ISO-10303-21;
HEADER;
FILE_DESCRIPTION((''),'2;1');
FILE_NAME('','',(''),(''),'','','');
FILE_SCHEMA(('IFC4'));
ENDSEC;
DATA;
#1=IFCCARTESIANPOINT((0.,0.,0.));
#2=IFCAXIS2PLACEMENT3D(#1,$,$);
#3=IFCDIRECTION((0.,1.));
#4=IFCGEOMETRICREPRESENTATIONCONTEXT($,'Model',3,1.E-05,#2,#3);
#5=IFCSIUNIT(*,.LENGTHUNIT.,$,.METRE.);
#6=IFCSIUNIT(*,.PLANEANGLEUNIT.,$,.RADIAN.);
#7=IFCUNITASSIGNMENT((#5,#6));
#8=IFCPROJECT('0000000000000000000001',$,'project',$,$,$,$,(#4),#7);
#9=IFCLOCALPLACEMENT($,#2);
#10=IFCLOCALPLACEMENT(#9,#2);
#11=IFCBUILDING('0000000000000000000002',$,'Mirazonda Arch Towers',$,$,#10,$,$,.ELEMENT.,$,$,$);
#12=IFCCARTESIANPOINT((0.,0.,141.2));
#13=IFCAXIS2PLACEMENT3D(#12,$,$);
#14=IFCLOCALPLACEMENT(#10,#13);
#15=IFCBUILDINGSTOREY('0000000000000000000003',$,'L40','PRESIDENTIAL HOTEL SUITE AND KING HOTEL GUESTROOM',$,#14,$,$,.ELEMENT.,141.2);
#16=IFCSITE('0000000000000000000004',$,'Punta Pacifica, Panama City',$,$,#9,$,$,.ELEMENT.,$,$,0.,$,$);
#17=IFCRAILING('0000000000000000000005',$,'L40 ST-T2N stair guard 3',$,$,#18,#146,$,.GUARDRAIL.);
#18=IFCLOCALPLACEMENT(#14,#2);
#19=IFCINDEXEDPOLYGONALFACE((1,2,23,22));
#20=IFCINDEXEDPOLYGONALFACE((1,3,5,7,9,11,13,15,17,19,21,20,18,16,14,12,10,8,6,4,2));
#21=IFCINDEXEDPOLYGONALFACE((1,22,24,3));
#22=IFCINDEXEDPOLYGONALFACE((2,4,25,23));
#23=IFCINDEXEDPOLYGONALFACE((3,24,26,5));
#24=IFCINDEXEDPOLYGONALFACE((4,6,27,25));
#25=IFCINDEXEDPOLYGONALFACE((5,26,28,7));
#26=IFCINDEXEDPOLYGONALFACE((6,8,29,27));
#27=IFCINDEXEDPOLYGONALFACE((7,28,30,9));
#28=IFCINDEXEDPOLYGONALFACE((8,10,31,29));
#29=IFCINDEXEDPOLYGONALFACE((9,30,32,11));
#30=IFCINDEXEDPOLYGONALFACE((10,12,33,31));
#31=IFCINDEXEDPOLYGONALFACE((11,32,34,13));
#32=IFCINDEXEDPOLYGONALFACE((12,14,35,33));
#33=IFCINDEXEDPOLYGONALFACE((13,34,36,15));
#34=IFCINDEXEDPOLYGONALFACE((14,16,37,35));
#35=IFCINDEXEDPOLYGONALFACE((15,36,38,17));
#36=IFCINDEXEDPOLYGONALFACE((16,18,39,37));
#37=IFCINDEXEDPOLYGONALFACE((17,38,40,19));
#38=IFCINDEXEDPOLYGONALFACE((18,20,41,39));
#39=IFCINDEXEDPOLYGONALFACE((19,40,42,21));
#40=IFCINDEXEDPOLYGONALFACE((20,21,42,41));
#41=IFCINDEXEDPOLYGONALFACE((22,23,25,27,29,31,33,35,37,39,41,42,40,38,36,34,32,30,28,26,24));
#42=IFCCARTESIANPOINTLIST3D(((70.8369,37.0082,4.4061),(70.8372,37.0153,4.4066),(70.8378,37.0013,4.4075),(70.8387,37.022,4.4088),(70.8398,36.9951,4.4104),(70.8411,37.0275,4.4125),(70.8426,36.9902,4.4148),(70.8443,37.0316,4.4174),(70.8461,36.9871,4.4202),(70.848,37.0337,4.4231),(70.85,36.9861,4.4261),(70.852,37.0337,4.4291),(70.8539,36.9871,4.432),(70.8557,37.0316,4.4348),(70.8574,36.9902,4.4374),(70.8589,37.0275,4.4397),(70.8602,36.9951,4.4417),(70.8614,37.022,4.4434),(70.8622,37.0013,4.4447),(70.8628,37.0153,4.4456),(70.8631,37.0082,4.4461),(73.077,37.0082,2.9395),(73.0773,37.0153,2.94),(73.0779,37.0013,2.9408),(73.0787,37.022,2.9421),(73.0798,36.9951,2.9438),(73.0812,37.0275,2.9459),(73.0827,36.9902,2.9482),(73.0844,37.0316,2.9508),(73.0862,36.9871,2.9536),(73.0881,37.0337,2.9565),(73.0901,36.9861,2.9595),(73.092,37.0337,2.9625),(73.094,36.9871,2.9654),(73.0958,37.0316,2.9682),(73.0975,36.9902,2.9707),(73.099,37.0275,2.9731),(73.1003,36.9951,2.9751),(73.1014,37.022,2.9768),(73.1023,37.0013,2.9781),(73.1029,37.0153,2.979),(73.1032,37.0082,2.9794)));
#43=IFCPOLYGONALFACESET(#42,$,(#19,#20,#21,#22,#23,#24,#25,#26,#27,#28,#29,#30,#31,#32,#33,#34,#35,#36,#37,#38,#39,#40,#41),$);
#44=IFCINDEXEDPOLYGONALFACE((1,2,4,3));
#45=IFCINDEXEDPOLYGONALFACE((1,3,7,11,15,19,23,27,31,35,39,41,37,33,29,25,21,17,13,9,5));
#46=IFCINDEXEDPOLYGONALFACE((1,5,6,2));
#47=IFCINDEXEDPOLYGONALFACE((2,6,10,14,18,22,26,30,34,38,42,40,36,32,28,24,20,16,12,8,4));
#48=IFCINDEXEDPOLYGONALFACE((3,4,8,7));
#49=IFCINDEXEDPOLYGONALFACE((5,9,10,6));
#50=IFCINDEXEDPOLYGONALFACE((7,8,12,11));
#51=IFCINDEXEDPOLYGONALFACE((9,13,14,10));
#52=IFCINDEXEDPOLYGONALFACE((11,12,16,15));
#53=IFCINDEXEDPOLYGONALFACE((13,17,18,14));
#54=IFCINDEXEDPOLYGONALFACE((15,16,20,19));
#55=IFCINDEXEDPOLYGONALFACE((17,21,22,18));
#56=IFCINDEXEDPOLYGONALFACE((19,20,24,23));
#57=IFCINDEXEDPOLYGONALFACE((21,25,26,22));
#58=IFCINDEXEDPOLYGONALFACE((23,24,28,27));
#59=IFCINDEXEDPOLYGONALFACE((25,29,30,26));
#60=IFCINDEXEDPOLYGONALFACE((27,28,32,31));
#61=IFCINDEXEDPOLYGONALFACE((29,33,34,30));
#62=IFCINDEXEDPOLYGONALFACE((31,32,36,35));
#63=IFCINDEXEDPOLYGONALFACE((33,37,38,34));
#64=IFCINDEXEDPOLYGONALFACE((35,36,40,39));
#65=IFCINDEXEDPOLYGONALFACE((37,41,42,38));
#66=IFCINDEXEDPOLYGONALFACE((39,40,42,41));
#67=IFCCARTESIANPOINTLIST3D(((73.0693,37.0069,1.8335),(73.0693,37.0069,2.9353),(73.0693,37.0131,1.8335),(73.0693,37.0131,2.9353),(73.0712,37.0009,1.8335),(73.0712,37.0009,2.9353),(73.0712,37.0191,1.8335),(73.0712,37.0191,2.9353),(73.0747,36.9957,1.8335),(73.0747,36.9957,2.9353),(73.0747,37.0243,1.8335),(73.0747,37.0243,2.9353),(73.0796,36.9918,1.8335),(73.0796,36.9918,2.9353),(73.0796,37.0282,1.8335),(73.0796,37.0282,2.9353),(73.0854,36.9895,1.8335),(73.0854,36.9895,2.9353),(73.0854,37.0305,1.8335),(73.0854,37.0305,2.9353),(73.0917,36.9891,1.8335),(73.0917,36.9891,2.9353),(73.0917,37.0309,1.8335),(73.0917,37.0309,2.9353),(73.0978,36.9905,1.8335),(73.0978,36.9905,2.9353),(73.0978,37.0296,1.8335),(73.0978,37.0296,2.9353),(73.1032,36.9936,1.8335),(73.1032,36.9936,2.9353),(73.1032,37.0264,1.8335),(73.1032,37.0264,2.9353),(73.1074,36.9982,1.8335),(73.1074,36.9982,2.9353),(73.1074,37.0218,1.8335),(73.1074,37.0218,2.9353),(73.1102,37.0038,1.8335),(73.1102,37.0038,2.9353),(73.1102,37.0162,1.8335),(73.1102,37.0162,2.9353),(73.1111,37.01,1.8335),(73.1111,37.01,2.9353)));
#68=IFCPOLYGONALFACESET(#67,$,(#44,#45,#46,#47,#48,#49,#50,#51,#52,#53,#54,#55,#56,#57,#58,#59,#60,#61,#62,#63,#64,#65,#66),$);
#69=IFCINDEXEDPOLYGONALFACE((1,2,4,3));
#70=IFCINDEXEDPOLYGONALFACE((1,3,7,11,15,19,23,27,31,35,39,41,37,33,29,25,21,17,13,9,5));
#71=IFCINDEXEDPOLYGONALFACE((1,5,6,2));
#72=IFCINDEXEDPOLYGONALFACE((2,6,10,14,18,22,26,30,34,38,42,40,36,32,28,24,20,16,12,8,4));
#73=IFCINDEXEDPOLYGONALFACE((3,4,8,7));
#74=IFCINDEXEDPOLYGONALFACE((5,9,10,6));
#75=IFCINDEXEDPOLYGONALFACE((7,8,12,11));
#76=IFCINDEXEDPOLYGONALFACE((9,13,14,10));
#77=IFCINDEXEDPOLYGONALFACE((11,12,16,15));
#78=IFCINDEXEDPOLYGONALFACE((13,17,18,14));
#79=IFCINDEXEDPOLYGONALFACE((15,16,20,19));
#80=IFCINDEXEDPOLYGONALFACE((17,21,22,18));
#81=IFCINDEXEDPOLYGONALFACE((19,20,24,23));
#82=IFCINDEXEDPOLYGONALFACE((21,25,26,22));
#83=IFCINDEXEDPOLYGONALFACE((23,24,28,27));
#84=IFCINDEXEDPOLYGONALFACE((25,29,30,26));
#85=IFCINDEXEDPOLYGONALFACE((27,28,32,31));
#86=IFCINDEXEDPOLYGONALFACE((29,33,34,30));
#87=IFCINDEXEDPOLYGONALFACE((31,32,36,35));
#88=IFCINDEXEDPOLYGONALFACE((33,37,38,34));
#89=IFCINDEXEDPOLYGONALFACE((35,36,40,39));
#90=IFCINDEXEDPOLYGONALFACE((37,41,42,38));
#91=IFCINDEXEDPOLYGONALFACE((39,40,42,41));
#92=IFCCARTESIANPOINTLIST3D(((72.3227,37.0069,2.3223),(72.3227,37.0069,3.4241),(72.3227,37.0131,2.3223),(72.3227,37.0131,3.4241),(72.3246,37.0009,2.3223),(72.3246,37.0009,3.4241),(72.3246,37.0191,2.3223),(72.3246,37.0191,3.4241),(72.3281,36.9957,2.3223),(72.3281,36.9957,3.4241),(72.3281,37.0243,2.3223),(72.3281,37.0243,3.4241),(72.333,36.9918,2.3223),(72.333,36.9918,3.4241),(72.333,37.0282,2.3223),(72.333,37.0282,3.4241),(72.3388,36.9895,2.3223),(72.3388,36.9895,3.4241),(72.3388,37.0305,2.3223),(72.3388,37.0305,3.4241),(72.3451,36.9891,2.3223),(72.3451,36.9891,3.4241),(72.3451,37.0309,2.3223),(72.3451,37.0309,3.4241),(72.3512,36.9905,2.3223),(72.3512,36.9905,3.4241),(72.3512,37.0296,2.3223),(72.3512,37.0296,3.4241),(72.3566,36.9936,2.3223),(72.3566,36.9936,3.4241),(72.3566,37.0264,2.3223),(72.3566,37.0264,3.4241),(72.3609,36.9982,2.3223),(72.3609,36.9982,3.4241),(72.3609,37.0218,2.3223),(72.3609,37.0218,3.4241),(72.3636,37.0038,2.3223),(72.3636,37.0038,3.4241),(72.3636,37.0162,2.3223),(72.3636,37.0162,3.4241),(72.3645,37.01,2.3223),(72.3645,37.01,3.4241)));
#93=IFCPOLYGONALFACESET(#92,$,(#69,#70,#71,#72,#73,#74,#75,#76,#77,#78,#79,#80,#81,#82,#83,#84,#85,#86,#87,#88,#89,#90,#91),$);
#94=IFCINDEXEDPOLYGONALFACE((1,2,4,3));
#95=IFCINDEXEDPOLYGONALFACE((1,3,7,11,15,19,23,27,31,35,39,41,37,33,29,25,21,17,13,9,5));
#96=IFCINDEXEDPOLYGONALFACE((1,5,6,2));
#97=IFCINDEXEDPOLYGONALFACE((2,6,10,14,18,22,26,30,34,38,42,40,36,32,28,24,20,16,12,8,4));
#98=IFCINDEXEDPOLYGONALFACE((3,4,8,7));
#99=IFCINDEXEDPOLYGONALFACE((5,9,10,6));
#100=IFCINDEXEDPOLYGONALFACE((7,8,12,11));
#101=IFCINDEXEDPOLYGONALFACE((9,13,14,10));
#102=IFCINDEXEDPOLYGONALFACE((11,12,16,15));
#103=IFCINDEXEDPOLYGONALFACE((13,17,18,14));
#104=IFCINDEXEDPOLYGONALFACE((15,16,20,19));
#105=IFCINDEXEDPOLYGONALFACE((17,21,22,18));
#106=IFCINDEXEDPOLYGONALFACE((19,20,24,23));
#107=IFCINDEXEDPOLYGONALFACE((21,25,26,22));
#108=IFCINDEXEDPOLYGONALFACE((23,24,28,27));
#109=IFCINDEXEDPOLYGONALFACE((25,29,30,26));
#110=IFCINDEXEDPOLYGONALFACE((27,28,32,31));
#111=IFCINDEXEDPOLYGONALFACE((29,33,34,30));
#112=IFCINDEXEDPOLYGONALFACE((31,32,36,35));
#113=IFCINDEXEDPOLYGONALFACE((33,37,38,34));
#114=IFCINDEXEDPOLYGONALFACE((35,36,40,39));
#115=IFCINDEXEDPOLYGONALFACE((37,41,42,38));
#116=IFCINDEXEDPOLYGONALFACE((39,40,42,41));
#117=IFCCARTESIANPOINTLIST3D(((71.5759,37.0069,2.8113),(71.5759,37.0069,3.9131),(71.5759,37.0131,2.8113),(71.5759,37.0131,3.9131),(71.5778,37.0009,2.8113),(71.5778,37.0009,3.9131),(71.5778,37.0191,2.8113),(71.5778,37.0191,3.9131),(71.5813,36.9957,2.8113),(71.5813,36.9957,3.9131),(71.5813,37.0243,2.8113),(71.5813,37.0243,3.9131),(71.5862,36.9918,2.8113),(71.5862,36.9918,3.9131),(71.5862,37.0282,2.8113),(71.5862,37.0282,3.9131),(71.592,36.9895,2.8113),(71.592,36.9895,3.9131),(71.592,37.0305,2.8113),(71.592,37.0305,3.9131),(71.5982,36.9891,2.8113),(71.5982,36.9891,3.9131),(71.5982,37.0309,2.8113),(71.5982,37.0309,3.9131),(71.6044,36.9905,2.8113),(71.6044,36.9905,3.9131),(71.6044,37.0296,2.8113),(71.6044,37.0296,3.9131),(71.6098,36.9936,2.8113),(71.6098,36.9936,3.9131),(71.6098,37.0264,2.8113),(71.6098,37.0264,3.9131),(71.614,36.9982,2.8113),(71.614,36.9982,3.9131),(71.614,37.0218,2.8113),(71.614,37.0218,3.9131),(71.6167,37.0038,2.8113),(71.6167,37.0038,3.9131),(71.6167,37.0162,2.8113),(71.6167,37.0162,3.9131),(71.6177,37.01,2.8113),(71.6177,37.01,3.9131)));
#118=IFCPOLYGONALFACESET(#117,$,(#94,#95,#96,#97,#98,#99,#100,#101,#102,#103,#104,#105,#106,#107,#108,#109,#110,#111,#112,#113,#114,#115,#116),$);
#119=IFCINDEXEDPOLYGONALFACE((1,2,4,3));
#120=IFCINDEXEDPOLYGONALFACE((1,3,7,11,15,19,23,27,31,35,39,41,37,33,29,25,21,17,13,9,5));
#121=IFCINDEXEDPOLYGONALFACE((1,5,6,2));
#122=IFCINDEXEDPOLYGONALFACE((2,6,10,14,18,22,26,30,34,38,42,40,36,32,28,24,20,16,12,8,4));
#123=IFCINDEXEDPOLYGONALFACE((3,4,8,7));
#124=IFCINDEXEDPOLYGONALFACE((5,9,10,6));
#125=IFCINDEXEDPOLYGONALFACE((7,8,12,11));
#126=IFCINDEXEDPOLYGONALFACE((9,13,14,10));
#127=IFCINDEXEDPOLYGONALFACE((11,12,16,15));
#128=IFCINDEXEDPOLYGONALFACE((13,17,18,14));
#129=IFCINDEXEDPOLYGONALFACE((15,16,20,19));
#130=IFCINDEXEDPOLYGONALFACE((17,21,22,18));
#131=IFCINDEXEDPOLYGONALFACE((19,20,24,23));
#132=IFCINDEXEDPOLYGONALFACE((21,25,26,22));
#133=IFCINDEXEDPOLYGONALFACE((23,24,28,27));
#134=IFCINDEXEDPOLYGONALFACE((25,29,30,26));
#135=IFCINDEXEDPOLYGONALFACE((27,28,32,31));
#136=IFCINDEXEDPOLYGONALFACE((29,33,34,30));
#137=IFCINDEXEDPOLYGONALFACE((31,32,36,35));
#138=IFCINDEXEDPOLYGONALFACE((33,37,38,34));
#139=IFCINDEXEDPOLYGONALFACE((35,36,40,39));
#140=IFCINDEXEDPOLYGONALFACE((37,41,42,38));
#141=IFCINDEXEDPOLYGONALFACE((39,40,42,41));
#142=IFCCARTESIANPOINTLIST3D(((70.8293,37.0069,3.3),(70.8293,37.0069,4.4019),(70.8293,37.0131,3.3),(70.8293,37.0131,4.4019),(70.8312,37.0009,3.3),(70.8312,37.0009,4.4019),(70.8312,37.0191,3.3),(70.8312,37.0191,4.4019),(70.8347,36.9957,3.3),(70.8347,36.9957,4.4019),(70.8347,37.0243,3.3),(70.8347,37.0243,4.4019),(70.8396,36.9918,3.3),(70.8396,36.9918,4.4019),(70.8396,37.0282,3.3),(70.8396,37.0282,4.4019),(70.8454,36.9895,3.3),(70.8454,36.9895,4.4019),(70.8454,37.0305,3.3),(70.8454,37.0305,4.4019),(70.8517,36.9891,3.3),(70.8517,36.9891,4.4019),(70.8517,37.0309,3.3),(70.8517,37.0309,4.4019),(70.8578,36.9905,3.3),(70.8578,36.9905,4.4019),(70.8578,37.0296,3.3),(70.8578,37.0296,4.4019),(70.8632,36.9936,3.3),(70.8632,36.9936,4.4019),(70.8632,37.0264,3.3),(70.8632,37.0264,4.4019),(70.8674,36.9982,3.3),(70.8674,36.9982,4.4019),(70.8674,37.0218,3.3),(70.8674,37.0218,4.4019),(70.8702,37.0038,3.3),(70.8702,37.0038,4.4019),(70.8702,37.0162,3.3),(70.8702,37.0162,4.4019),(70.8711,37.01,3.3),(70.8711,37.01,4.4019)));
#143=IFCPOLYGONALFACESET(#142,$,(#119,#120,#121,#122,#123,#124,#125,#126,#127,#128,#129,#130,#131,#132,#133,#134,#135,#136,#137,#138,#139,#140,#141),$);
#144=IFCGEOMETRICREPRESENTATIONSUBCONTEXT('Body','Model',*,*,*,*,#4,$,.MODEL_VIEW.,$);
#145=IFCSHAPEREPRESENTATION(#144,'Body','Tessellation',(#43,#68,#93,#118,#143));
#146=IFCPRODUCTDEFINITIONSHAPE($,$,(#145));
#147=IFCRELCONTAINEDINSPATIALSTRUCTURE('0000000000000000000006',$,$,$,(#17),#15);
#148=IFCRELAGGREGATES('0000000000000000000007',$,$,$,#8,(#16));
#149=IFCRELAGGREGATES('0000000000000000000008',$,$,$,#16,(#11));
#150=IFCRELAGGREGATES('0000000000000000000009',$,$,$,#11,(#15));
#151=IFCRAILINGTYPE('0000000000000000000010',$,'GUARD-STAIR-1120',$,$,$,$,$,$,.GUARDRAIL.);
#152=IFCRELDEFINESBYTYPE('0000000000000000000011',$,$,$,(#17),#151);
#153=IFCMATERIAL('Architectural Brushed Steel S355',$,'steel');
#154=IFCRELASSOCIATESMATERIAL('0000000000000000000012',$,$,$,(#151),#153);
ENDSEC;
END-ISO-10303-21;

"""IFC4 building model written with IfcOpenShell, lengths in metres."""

from ifc_helpers import new_model, si_unit, direction, frame, origin, origin_2d, place, context, subcontext, project, spatial, circle, extrude, material, type_object, element, save


model = new_model("IFC4")

# Units and contexts
model_context = context("Model", 3, precision=1e-05, world=origin(), true_north=direction((0.0, 1.0)))
body_context = subcontext(model_context, "Body", "Model", "MODEL_VIEW")
ifc_project = project(units=[si_unit("LENGTHUNIT", "METRE"), si_unit("PLANEANGLEUNIT", "RADIAN")], contexts=[model_context])

# Site, building, storey
site_placement = place(None, origin())
site = spatial("IfcSite", under=ifc_project, at=site_placement, Name="Punta Pacifica, Panama City", CompositionType="ELEMENT", RefElevation=0.0)
building_placement = place(site_placement, origin())
building = spatial("IfcBuilding", under=site, at=building_placement, Name="Mirazonda Arch Towers", CompositionType="ELEMENT")
storey_placement = place(building_placement, frame((0.0, 0.0, 141.2)))
storey = spatial("IfcBuildingStorey", under=building, at=storey_placement, Name="L40", Description="PRESIDENTIAL HOTEL SUITE AND KING HOTEL GUESTROOM", CompositionType="ELEMENT", Elevation=141.2)

# Railing
ifc_material_1 = material(Name="Architectural Brushed Steel S355", Category="steel")
railing_type_1 = type_object("IfcRailingType", Name="GUARD-STAIR-1120", PredefinedType="GUARDRAIL", material=ifc_material_1)
railing_1_placement = place(storey_placement, frame((73.0901, 37.01, 1.8335)))
element("IfcRailing", 1, at=railing_1_placement, inside=storey, type_object=railing_type_1, Name="L40 ST-T2N stair guard 3", PredefinedType="GUARDRAIL", context=body_context, shape_type="SweptSolid", body=[
    extrude(circle(Radius=0.0239, at=origin_2d()), frame((0.0, 0.0, 1.126), z_axis=(-0.836637, 0.0, 0.547758), x_axis=(0.0, -1.0, 0.0)), (0.0, 0.0, 1.0), 2.6775),
    extrude(circle(Radius=0.021, at=origin_2d()), origin(), (0.0, 0.0, 1.0), 1.1018),
    extrude(circle(Radius=0.021, at=origin_2d()), frame((-0.7466, 0.0, 0.4888)), (0.0, 0.0, 1.0), 1.1018),
    extrude(circle(Radius=0.021, at=origin_2d()), frame((-1.4934, 0.0, 0.9778)), (0.0, 0.0, 1.0), 1.1018),
    extrude(circle(Radius=0.021, at=origin_2d()), frame((-2.24, 0.0, 1.4666)), (0.0, 0.0, 1.0), 1.1018),
])

save(model, "model.ifc")
